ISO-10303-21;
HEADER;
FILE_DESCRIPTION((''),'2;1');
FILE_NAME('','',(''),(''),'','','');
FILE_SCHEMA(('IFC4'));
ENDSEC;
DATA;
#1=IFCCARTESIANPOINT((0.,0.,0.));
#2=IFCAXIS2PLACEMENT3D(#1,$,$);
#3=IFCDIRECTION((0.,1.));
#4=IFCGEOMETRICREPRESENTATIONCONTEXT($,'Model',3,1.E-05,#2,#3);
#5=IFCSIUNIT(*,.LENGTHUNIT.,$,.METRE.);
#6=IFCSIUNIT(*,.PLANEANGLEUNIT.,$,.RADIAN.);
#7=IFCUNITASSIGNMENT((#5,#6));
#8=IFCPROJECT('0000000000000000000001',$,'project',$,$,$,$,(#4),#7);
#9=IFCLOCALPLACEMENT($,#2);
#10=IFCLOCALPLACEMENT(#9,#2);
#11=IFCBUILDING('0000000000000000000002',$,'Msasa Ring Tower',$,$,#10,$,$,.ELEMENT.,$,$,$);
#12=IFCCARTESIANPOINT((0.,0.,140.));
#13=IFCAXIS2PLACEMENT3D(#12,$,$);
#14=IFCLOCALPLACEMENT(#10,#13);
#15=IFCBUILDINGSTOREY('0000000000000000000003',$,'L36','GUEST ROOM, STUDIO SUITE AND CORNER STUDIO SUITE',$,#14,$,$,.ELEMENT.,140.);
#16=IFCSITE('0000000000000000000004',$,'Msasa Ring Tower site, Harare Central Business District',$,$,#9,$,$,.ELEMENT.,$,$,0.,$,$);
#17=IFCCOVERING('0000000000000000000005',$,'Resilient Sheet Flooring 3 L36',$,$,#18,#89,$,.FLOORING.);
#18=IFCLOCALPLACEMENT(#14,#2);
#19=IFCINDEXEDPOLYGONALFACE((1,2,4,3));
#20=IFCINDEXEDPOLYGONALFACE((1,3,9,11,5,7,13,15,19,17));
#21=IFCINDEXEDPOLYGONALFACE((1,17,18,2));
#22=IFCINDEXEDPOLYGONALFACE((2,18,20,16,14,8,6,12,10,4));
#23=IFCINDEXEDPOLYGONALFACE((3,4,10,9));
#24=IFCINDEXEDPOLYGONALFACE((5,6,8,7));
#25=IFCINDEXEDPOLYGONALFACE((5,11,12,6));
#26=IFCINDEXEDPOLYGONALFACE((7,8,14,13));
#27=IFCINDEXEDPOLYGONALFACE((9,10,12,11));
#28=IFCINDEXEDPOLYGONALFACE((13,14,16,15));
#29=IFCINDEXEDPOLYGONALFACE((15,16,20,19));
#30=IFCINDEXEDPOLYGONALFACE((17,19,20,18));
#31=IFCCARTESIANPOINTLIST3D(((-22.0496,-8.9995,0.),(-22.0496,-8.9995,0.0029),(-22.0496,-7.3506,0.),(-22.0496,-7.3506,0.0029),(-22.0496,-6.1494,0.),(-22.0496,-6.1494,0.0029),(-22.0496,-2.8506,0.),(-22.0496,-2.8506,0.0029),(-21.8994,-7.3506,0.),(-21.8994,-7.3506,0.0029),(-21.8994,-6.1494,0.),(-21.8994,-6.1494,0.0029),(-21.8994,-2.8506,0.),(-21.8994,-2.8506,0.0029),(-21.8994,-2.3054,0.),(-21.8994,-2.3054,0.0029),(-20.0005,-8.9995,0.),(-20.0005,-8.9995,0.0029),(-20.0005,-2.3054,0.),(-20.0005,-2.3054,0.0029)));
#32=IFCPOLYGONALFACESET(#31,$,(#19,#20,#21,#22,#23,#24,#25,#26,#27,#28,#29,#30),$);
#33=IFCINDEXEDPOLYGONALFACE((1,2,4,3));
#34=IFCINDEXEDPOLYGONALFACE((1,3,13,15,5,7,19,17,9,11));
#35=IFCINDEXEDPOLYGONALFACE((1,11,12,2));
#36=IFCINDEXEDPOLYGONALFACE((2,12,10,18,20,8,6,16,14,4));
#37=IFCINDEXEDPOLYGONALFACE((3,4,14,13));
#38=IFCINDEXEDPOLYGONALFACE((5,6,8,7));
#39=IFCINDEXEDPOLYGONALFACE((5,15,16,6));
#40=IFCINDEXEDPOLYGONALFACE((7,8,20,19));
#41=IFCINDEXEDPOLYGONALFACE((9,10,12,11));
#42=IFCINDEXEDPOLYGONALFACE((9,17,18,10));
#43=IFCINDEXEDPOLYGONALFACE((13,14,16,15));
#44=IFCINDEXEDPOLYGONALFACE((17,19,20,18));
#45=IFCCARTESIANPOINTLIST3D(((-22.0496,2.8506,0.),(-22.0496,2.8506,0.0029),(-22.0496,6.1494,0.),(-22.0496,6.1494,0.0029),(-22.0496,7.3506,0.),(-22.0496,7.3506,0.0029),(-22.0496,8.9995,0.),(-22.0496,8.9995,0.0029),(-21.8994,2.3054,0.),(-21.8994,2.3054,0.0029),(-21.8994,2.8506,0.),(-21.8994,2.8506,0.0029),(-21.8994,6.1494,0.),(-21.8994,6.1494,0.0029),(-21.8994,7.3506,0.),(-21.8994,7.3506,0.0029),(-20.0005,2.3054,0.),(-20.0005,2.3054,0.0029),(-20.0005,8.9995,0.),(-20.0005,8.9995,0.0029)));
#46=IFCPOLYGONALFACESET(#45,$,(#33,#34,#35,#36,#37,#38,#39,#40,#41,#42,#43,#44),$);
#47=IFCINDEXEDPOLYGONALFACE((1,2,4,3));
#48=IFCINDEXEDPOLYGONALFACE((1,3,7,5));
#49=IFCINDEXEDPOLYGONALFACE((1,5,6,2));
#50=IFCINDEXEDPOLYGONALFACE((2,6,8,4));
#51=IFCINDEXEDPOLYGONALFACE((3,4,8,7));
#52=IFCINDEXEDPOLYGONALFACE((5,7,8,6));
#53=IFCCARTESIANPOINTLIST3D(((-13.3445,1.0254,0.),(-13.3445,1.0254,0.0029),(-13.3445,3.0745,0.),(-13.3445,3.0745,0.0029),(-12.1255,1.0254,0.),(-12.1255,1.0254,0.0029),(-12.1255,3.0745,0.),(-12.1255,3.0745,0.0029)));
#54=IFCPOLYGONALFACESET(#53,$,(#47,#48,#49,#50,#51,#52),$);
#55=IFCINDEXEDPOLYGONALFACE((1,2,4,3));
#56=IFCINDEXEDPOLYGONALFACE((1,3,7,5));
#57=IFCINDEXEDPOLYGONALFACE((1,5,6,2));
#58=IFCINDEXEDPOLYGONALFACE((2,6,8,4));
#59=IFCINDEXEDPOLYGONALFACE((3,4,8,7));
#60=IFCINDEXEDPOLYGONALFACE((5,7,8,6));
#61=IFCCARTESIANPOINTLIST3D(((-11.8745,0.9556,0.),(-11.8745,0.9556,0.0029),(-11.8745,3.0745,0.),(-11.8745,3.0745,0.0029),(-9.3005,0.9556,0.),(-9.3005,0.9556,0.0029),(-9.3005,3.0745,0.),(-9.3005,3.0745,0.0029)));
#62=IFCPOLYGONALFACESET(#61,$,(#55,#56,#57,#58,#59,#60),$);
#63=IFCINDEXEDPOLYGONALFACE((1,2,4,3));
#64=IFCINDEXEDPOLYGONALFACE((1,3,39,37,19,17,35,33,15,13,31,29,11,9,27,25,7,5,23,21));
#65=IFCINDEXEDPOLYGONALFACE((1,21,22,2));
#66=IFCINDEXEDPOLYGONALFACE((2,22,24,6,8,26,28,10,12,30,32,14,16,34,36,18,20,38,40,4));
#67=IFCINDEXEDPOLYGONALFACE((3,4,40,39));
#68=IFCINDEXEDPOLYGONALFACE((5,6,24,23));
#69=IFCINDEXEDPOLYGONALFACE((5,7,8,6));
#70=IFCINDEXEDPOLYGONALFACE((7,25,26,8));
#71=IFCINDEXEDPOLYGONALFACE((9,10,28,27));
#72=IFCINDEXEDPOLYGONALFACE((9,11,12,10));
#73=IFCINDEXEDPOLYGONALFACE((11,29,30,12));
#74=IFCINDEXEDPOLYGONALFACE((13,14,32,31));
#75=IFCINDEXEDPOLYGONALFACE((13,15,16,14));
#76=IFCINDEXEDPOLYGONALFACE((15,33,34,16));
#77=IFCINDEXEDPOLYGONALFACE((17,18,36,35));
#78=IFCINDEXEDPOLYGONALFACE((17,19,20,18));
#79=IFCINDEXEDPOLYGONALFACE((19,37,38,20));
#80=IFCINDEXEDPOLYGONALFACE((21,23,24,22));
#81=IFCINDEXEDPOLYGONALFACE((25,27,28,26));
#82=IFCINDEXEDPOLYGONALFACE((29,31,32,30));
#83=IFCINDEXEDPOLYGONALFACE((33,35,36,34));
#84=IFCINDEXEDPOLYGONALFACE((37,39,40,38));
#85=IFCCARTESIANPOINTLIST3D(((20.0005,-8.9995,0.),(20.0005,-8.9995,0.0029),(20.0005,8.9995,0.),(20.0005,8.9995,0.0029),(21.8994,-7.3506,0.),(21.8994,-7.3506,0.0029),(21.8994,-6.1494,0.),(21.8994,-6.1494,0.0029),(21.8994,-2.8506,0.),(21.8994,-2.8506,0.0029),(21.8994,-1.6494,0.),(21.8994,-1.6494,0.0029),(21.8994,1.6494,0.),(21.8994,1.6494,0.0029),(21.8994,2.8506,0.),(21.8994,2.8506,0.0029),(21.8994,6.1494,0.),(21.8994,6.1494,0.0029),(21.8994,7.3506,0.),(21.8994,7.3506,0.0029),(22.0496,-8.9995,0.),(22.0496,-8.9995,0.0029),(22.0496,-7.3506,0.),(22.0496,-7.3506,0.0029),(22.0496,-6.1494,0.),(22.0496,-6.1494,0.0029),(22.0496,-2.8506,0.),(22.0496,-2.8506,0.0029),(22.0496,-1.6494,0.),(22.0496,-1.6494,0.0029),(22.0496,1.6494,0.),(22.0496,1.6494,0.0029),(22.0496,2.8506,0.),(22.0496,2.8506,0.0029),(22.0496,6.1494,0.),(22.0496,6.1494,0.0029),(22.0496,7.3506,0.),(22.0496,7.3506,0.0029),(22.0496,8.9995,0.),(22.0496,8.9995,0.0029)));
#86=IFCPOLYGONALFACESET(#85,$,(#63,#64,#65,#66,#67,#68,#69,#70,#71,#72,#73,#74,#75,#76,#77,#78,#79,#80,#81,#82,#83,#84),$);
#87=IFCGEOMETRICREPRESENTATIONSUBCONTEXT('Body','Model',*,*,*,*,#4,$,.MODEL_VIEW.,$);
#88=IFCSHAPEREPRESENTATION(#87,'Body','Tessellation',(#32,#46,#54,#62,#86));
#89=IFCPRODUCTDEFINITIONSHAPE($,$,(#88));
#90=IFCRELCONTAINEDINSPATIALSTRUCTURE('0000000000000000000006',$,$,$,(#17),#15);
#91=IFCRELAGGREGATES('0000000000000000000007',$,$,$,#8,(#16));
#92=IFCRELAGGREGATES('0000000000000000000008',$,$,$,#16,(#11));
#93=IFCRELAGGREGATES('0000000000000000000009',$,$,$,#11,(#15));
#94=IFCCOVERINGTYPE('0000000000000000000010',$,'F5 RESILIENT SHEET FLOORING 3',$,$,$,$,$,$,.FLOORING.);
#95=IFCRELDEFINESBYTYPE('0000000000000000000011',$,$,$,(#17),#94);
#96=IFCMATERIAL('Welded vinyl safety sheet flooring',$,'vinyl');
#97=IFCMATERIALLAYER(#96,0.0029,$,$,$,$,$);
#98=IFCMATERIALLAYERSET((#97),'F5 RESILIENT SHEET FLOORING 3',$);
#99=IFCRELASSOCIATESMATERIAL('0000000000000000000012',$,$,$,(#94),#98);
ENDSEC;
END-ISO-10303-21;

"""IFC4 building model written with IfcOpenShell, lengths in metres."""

from ifc_helpers import new_model, si_unit, direction, frame, origin, place, context, subcontext, project, spatial, line, indexed_curve, outline, extrude, material, layer, layer_set, type_object, element, save


model = new_model("IFC4")

# Units and contexts
model_context = context("Model", 3, precision=1e-05, world=origin(), true_north=direction((0.0, 1.0)))
body_context = subcontext(model_context, "Body", "Model", "MODEL_VIEW")
ifc_project = project(units=[si_unit("LENGTHUNIT", "METRE"), si_unit("PLANEANGLEUNIT", "RADIAN")], contexts=[model_context])

# Site, building, storey
site_placement = place(None, origin())
site = spatial("IfcSite", under=ifc_project, at=site_placement, Name="Msasa Ring Tower site, Harare Central Business District", CompositionType="ELEMENT", RefElevation=0.0)
building_placement = place(site_placement, origin())
building = spatial("IfcBuilding", under=site, at=building_placement, Name="Msasa Ring Tower", CompositionType="ELEMENT")
storey_placement = place(building_placement, frame((0.0, 0.0, 140.0)))
storey = spatial("IfcBuildingStorey", under=building, at=storey_placement, Name="L36", Description="GUEST ROOM, STUDIO SUITE AND CORNER STUDIO SUITE", CompositionType="ELEMENT", Elevation=140.0)

# Covering
ifc_material_1 = material(Name="Welded vinyl safety sheet flooring", Category="vinyl")
ifc_layer_1 = layer(ifc_material_1, 0.0029)
ifc_layer_set_1 = layer_set([ifc_layer_1], Name="F5 RESILIENT SHEET FLOORING 3")
covering_type_1 = type_object("IfcCoveringType", Name="F5 RESILIENT SHEET FLOORING 3", PredefinedType="FLOORING", material=ifc_layer_set_1)
covering_1_placement = place(storey_placement, origin())
element("IfcCovering", 1, at=covering_1_placement, inside=storey, type_object=covering_type_1, Name="Resilient Sheet Flooring 3 L36", PredefinedType="FLOORING", context=body_context, shape_type="SweptSolid", body=[
    extrude(outline(indexed_curve([(-20.0005, -2.3054), (-20.0005, -8.9995), (-22.0496, -8.9995), (-22.0496, -7.3506), (-21.8994, -7.3506), (-21.8994, -6.1494), (-22.0496, -6.1494), (-22.0496, -2.8506), (-21.8994, -2.8506), (-21.8994, -2.3054)], segments=[line(1, 2, 3, 4, 5, 6, 7, 8, 9, 10, 1)], self_intersect=False)), origin(), (0.0, 0.0, 1.0), 0.0029),
    extrude(outline(indexed_curve([(-20.0005, 2.3054), (-21.8994, 2.3054), (-21.8994, 2.8506), (-22.0496, 2.8506), (-22.0496, 6.1494), (-21.8994, 6.1494), (-21.8994, 7.3506), (-22.0496, 7.3506), (-22.0496, 8.9995), (-20.0005, 8.9995)], segments=[line(1, 2, 3, 4, 5, 6, 7, 8, 9, 10, 1)], self_intersect=False)), origin(), (0.0, 0.0, 1.0), 0.0029),
    extrude(outline(indexed_curve([(-13.3445, 3.0745), (-12.1255, 3.0745), (-12.1255, 1.0254), (-13.3445, 1.0254)], segments=[line(1, 2, 3, 4, 1)], self_intersect=False)), origin(), (0.0, 0.0, 1.0), 0.0029),
    extrude(outline(indexed_curve([(-11.8745, 0.9556), (-11.8745, 3.0745), (-9.3005, 3.0745), (-9.3005, 0.9556)], segments=[line(1, 2, 3, 4, 1)], self_intersect=False)), origin(), (0.0, 0.0, 1.0), 0.0029),
    extrude(outline(indexed_curve([(22.0496, 7.3506), (21.8994, 7.3506), (21.8994, 6.1494), (22.0496, 6.1494), (22.0496, 2.8506), (21.8994, 2.8506), (21.8994, 1.6494), (22.0496, 1.6494), (22.0496, -1.6494), (21.8994, -1.6494), (21.8994, -2.8506), (22.0496, -2.8506), (22.0496, -6.1494), (21.8994, -6.1494), (21.8994, -7.3506), (22.0496, -7.3506), (22.0496, -8.9995), (20.0005, -8.9995), (20.0005, 8.9995), (22.0496, 8.9995)], segments=[line(1, 2, 3, 4, 5, 6, 7, 8, 9, 10, 11, 12, 13, 14, 15, 16, 17, 18, 19, 20, 1)], self_intersect=False)), origin(), (0.0, 0.0, 1.0), 0.0029),
])

save(model, "model.ifc")
